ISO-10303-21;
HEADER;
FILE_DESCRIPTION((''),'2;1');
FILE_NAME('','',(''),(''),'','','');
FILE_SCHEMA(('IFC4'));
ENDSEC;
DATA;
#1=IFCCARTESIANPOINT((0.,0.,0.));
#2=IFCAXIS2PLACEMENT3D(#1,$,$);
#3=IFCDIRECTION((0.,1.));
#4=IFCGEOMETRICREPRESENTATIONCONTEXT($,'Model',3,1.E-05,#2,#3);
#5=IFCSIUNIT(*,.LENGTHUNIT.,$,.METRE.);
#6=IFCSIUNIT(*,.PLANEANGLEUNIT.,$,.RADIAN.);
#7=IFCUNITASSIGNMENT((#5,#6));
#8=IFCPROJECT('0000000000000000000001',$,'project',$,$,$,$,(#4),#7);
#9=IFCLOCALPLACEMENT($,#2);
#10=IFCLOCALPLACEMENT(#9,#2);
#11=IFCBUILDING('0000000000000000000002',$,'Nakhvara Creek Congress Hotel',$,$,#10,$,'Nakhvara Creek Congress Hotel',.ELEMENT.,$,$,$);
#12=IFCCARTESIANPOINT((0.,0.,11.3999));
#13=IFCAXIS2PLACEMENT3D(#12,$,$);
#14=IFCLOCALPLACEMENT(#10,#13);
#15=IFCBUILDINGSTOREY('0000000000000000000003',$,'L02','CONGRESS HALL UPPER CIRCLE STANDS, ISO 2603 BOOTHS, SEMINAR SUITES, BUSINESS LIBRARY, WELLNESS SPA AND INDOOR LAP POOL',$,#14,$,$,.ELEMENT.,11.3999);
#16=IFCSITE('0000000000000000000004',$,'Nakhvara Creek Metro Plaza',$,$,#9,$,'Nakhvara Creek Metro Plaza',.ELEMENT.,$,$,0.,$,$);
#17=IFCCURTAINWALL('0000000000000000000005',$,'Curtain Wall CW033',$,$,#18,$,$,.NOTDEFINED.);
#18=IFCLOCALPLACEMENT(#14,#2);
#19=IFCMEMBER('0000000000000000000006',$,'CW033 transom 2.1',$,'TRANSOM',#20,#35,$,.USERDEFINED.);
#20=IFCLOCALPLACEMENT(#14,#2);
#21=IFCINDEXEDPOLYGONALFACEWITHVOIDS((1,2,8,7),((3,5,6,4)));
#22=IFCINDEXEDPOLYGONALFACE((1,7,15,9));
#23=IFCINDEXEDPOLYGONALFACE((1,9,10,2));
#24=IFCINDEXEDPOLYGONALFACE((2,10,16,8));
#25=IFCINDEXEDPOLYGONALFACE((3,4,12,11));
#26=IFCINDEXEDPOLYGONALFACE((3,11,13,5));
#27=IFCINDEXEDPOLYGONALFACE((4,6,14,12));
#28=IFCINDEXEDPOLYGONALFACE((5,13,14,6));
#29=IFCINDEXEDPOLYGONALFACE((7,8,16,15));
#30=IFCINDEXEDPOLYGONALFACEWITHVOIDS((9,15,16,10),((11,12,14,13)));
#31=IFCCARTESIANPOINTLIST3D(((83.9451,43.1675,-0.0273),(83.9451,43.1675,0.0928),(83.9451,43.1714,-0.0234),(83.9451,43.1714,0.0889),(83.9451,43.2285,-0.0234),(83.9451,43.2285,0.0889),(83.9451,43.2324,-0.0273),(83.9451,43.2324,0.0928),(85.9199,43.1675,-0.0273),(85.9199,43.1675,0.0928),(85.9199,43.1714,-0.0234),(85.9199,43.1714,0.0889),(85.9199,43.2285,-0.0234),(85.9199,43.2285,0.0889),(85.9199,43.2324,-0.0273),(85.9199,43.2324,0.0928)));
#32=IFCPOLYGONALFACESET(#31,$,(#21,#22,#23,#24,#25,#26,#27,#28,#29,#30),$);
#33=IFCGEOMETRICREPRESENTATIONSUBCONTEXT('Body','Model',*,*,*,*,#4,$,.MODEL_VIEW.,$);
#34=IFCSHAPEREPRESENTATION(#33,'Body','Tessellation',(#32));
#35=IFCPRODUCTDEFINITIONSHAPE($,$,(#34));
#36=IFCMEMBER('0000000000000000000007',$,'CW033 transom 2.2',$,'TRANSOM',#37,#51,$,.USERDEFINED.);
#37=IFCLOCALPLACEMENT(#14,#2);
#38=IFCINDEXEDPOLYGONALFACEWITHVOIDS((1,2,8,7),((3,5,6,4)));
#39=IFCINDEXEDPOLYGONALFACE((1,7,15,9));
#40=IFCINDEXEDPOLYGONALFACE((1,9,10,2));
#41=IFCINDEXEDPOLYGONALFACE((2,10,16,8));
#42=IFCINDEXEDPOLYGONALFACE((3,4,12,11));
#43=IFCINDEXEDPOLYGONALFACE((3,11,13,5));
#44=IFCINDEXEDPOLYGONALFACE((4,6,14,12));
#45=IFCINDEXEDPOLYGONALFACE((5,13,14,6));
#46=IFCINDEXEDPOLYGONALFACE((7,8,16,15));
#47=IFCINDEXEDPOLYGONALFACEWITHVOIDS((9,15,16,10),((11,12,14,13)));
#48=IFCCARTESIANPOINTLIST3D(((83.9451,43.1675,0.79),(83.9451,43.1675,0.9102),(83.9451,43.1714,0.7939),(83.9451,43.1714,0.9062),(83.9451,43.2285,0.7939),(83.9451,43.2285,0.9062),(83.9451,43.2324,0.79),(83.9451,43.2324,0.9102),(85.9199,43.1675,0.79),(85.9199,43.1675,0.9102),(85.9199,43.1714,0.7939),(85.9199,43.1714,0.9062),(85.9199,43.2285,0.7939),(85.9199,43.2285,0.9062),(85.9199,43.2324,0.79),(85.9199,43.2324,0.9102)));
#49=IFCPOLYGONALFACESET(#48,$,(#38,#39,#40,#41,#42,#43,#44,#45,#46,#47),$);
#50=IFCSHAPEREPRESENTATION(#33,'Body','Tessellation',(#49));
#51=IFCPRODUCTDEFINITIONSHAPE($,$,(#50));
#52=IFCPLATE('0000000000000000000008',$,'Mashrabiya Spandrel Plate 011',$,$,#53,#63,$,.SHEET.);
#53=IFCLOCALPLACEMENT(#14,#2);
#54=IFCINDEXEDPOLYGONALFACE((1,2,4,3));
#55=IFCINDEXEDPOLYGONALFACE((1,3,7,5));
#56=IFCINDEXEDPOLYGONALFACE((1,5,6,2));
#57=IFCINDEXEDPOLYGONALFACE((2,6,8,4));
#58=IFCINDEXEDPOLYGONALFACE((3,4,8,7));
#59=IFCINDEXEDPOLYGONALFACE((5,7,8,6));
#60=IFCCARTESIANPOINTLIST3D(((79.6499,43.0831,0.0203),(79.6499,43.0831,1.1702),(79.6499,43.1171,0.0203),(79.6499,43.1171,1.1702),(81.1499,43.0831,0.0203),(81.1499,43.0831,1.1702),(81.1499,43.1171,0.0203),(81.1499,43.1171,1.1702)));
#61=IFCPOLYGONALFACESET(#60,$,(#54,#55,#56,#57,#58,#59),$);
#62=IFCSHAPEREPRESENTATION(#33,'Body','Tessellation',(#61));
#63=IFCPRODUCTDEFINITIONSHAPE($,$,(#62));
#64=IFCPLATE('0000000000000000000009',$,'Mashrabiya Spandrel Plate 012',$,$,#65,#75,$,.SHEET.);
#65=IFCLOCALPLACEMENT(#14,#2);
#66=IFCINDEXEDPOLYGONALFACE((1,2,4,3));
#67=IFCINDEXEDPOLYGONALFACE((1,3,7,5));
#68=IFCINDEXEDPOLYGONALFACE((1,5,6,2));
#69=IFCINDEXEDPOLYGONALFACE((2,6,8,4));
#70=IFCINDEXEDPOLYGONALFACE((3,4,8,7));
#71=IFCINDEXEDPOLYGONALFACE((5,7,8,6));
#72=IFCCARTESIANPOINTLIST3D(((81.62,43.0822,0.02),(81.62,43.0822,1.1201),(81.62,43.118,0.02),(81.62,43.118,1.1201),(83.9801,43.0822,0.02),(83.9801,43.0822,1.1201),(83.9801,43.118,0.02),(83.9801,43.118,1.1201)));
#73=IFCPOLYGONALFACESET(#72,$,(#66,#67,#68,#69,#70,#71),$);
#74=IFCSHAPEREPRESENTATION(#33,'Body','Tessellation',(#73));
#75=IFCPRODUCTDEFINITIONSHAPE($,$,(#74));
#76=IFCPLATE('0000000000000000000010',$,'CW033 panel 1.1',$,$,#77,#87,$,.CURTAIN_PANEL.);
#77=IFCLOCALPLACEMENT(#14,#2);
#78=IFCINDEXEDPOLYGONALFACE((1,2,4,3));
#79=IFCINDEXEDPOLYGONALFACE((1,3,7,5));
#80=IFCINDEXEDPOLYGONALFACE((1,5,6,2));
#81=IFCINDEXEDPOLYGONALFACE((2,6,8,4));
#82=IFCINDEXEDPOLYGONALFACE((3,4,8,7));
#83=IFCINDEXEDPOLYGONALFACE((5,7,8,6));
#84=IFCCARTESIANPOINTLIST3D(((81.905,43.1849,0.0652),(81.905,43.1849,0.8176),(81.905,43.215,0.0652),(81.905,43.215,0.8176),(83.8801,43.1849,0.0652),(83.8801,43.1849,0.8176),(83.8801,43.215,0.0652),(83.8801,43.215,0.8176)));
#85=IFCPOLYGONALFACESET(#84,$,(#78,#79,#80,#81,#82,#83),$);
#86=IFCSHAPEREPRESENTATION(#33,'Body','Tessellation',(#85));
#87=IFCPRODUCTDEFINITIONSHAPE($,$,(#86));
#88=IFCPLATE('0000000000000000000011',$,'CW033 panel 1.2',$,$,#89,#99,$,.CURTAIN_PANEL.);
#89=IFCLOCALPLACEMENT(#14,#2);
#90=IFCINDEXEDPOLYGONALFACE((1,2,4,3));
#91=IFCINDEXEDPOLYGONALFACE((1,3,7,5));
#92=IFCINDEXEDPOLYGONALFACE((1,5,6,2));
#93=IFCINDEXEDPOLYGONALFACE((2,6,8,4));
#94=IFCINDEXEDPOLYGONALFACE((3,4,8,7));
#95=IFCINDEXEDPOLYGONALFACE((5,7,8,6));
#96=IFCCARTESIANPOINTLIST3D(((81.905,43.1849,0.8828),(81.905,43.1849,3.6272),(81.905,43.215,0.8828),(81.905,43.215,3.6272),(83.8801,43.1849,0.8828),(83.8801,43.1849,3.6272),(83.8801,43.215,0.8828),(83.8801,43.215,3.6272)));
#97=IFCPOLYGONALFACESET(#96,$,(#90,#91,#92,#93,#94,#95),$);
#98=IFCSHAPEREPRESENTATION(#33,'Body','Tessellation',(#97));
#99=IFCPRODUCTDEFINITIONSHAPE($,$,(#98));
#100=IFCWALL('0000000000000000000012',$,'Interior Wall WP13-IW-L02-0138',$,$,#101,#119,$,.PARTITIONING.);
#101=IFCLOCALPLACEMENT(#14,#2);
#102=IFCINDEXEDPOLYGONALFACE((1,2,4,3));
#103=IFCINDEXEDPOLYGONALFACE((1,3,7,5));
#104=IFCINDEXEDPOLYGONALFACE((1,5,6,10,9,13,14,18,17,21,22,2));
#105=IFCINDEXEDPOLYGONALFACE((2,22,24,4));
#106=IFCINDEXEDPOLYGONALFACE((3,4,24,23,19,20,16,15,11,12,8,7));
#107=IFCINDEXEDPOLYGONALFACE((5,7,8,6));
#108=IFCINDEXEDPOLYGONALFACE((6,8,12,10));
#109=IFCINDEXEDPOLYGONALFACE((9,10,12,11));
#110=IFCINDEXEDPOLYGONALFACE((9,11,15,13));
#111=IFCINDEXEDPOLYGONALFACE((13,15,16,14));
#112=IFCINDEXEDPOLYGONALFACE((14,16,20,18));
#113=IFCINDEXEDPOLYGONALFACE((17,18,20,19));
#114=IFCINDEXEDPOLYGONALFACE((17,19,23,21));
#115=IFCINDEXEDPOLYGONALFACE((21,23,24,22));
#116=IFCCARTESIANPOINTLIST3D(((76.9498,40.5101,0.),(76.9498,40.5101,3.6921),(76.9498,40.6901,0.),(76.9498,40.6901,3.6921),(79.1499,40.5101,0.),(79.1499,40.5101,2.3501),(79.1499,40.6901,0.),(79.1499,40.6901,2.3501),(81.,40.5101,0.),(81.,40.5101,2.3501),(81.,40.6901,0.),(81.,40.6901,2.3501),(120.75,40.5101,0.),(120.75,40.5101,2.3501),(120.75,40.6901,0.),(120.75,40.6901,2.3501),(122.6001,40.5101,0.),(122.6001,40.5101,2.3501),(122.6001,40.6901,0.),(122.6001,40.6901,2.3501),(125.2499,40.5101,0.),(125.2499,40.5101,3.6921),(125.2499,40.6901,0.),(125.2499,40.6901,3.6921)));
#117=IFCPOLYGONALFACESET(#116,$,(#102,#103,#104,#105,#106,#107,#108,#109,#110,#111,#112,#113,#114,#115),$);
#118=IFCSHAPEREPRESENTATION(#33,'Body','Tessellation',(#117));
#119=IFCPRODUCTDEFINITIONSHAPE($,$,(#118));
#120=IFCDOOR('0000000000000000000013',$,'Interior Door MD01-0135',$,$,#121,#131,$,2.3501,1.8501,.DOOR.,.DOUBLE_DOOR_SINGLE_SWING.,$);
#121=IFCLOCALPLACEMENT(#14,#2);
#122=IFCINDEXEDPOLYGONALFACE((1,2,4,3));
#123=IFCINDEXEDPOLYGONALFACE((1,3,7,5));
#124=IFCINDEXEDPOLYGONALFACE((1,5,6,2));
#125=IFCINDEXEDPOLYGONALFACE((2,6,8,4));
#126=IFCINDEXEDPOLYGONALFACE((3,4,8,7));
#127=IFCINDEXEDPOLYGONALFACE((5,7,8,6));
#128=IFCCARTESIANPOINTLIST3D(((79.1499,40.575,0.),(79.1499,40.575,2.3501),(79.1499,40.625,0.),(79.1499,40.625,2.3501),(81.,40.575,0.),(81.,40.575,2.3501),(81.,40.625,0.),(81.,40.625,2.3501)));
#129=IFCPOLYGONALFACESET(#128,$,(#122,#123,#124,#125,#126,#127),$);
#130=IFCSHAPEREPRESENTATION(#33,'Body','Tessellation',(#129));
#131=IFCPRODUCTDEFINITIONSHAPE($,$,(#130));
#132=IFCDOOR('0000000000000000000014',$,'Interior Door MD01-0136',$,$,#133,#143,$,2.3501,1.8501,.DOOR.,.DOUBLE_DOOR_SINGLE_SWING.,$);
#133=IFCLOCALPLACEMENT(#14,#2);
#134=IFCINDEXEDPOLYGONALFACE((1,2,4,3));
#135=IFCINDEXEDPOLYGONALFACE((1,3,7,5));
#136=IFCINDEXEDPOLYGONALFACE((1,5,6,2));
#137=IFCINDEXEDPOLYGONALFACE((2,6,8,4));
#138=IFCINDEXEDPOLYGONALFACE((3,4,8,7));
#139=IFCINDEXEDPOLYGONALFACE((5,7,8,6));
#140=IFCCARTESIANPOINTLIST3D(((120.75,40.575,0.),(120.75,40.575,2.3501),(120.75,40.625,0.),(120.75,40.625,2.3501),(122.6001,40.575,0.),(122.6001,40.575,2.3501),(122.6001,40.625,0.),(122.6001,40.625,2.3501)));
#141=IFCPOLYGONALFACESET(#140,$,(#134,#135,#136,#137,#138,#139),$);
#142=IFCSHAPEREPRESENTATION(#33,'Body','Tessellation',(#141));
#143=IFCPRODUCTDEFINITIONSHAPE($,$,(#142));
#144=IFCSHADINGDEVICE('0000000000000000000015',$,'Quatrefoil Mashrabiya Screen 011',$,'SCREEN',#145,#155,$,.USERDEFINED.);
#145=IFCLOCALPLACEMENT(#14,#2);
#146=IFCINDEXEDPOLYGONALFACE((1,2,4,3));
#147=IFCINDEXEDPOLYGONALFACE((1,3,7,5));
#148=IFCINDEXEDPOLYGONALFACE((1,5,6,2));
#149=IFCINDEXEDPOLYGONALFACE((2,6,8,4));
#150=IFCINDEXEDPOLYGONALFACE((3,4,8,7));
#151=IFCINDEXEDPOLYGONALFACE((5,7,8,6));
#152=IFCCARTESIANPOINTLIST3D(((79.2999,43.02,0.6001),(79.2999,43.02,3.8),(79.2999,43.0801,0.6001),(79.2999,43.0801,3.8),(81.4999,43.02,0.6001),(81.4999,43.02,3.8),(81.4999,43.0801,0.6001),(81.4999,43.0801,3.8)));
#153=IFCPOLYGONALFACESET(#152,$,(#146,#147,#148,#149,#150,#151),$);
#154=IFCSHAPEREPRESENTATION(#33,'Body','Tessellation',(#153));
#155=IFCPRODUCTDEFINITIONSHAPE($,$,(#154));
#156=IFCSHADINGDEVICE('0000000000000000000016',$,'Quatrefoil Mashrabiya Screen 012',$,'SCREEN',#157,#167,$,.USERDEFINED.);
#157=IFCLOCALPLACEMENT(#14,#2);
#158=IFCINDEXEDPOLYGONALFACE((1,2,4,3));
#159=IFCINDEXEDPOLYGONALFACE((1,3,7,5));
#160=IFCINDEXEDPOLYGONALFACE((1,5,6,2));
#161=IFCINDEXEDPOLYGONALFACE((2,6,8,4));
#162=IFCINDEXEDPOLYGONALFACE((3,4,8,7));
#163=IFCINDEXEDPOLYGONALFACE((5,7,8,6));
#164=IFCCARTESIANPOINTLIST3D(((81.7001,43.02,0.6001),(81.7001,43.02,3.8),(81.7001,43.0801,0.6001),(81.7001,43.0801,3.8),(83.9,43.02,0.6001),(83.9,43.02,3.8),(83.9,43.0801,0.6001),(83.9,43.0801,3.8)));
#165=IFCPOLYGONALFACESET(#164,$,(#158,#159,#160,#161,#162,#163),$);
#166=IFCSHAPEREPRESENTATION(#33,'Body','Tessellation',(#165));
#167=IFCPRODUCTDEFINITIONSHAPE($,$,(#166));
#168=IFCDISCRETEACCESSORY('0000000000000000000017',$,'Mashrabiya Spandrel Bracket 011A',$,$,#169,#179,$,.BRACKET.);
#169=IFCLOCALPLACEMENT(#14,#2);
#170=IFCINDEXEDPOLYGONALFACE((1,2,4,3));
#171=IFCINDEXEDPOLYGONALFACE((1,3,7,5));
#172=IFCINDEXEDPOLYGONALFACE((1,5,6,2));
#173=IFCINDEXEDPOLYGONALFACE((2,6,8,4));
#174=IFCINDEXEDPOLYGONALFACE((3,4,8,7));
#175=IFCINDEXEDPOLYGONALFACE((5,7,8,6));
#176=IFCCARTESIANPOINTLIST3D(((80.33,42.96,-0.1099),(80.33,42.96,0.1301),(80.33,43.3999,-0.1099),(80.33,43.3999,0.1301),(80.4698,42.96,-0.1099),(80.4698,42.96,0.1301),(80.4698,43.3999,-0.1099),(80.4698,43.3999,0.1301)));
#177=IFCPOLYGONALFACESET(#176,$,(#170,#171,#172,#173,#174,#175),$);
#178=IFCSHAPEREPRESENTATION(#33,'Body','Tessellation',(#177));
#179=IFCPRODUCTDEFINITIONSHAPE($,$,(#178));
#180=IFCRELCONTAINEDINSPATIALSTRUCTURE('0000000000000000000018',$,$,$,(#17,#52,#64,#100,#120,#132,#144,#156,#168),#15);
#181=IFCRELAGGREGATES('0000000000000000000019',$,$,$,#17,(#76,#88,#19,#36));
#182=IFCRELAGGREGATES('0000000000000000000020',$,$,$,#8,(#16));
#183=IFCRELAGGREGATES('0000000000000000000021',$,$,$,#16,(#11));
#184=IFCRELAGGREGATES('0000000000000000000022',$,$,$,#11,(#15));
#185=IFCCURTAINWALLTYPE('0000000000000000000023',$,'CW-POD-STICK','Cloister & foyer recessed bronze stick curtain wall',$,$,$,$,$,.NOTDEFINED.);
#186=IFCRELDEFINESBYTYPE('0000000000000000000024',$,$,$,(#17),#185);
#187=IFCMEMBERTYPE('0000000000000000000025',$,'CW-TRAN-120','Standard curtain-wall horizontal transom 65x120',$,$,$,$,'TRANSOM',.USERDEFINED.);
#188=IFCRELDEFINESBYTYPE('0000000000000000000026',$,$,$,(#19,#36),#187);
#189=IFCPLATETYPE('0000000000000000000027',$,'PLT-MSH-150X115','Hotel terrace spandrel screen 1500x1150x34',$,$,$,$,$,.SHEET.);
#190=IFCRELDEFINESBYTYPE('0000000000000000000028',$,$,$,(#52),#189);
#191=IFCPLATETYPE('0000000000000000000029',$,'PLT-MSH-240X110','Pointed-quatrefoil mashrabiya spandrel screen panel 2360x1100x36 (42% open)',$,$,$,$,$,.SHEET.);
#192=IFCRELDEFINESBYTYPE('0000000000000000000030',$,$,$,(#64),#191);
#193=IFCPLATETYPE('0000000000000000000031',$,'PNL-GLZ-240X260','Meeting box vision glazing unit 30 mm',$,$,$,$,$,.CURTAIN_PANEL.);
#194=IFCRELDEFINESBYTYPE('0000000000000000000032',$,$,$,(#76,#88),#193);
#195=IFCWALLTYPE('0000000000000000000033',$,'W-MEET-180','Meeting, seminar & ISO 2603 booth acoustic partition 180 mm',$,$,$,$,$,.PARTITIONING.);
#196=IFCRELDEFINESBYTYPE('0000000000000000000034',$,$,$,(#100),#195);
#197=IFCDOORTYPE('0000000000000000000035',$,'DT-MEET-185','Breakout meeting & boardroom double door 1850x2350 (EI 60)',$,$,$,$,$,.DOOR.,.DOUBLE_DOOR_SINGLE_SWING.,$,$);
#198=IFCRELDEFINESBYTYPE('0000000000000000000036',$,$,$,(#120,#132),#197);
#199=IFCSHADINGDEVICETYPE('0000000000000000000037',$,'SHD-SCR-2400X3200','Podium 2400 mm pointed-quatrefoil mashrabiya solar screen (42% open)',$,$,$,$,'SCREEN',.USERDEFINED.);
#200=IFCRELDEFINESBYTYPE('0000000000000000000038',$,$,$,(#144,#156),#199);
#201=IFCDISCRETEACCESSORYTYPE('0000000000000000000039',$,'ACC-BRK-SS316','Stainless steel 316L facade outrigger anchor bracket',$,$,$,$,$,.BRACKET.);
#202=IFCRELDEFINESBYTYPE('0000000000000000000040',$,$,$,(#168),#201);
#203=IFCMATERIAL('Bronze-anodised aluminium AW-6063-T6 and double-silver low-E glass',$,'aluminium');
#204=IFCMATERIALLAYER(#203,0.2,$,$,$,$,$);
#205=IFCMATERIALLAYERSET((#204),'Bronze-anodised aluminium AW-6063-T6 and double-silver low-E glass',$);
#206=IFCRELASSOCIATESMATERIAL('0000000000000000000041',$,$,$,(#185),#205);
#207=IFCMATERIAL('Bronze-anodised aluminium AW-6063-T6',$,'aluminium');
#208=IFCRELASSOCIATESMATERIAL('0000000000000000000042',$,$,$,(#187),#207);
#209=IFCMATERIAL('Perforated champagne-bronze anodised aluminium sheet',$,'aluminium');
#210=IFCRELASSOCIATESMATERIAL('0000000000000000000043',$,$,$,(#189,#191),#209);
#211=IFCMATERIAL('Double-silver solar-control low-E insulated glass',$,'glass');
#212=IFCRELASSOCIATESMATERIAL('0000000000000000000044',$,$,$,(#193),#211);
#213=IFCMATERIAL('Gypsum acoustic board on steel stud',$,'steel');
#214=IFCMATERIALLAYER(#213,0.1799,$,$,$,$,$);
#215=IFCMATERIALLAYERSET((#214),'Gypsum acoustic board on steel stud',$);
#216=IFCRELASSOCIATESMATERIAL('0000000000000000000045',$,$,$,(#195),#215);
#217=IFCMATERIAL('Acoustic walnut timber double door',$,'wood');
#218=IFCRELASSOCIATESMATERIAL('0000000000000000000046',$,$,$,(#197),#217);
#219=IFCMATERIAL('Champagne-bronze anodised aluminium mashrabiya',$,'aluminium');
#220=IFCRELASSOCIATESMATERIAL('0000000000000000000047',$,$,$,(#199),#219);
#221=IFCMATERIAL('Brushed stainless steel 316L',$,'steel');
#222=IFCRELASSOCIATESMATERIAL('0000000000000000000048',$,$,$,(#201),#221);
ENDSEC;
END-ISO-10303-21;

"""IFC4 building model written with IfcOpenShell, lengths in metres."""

from ifc_helpers import new_model, si_unit, direction, frame, frame_2d, origin, origin_2d, place, context, subcontext, project, spatial, rectangle, hollow_rectangle, extrude, material, layer, layer_set, material_profile, profile_set, type_object, element, fill, aggregate, save


model = new_model("IFC4")

# Units and contexts
model_context = context("Model", 3, precision=1e-05, world=origin(), true_north=direction((0.0, 1.0)))
body_context = subcontext(model_context, "Body", "Model", "MODEL_VIEW")
ifc_project = project(units=[si_unit("LENGTHUNIT", "METRE"), si_unit("PLANEANGLEUNIT", "RADIAN")], contexts=[model_context])

# Site, building, storey
site_placement = place(None, origin())
site = spatial("IfcSite", under=ifc_project, at=site_placement, Name="Nakhvara Creek Metro Plaza", LongName="Nakhvara Creek Metro Plaza", CompositionType="ELEMENT", RefElevation=0.0)
building_placement = place(site_placement, origin())
building = spatial("IfcBuilding", under=site, at=building_placement, Name="Nakhvara Creek Congress Hotel", LongName="Nakhvara Creek Congress Hotel", CompositionType="ELEMENT")
storey_placement = place(building_placement, frame((0.0, 0.0, 11.3999)))
storey = spatial("IfcBuildingStorey", under=building, at=storey_placement, Name="L02", Description="CONGRESS HALL UPPER CIRCLE STANDS, ISO 2603 BOOTHS, SEMINAR SUITES, BUSINESS LIBRARY, WELLNESS SPA AND INDOOR LAP POOL", CompositionType="ELEMENT", Elevation=11.3999)

# Curtain wall, members
ifc_material_1 = material(Name="Bronze-anodised aluminium AW-6063-T6 and double-silver low-E glass", Category="aluminium")
ifc_layer_1 = layer(ifc_material_1, 0.2)
ifc_layer_set_1 = layer_set([ifc_layer_1], Name="Bronze-anodised aluminium AW-6063-T6 and double-silver low-E glass")
curtain_wall_type = type_object("IfcCurtainWallType", Name="CW-POD-STICK", Description="Cloister & foyer recessed bronze stick curtain wall", PredefinedType="NOTDEFINED", material=ifc_layer_set_1)
curtain_wall_placement = place(storey_placement, origin())
curtain_wall = element("IfcCurtainWall", 1, at=curtain_wall_placement, inside=storey, type_object=curtain_wall_type, Name="Curtain Wall CW033", PredefinedType="NOTDEFINED")
ifc_material_2 = material(Name="Bronze-anodised aluminium AW-6063-T6", Category="aluminium")
ifc_material_profile_1 = material_profile(ifc_material_2, hollow_rectangle(XDim=0.0649, YDim=0.1201, WallThickness=0.0039, at=origin_2d()), Name="ALU-TRAN 65x120x4", Category="LoadBearing")
ifc_profile_set_1 = profile_set([ifc_material_profile_1], Name="Bronze-anodised aluminium AW-6063-T6")
member_type_1 = type_object("IfcMemberType", Name="CW-TRAN-120", Description="Standard curtain-wall horizontal transom 65x120", ElementType="TRANSOM", PredefinedType="USERDEFINED", material=ifc_profile_set_1)
member_1_placement = place(storey_placement, frame((83.9451, 43.2, 0.0327), z_axis=(1.0, 0.0, 0.0), x_axis=(0.0, 1.0, 0.0)))
member_1 = element("IfcMember", 2, at=member_1_placement, type_object=member_type_1, Name="CW033 transom 2.1", ObjectType="TRANSOM", PredefinedType="USERDEFINED", context=body_context, shape_type="SweptSolid", body=[
    extrude(hollow_rectangle(XDim=0.0649, YDim=0.1201, WallThickness=0.0039, at=origin_2d()), origin(), (0.0, 0.0, 1.0), 1.9749),
])
member_2_placement = place(storey_placement, frame((83.9451, 43.2, 0.8501), z_axis=(1.0, 0.0, 0.0), x_axis=(0.0, 1.0, 0.0)))
member_2 = element("IfcMember", 3, at=member_2_placement, type_object=member_type_1, Name="CW033 transom 2.2", ObjectType="TRANSOM", PredefinedType="USERDEFINED", context=body_context, shape_type="SweptSolid", body=[
    extrude(hollow_rectangle(XDim=0.0649, YDim=0.1201, WallThickness=0.0039, at=origin_2d()), origin(), (0.0, 0.0, 1.0), 1.9749),
])

# Plates
ifc_material_3 = material(Name="Perforated champagne-bronze anodised aluminium sheet", Category="aluminium")
plate_type_1 = type_object("IfcPlateType", Name="PLT-MSH-150X115", Description="Hotel terrace spandrel screen 1500x1150x34", PredefinedType="SHEET", material=ifc_material_3)
plate_1_placement = place(storey_placement, frame((80.3999, 43.1001, 0.0203), z_axis=(0.0, 0.0, 1.0), x_axis=(1.0, 0.0, 0.0)))
element("IfcPlate", 4, at=plate_1_placement, inside=storey, type_object=plate_type_1, Name="Mashrabiya Spandrel Plate 011", PredefinedType="SHEET", context=body_context, shape_type="SweptSolid", body=[
    extrude(rectangle(XDim=1.5, YDim=0.0339, at=origin_2d()), origin(), (0.0, 0.0, 1.0), 1.1499),
])
plate_type_2 = type_object("IfcPlateType", Name="PLT-MSH-240X110", Description="Pointed-quatrefoil mashrabiya spandrel screen panel 2360x1100x36 (42% open)", PredefinedType="SHEET", material=ifc_material_3)
plate_2_placement = place(storey_placement, frame((82.8, 43.1001, 0.02), z_axis=(0.0, 0.0, 1.0), x_axis=(1.0, 0.0, 0.0)))
element("IfcPlate", 5, at=plate_2_placement, inside=storey, type_object=plate_type_2, Name="Mashrabiya Spandrel Plate 012", PredefinedType="SHEET", context=body_context, shape_type="SweptSolid", body=[
    extrude(rectangle(XDim=2.3601, YDim=0.0359, at=origin_2d()), origin(), (0.0, 0.0, 1.0), 1.1001),
])

# Plates
ifc_material_4 = material(Name="Double-silver solar-control low-E insulated glass", Category="glass")
plate_type_3 = type_object("IfcPlateType", Name="PNL-GLZ-240X260", Description="Meeting box vision glazing unit 30 mm", PredefinedType="CURTAIN_PANEL", material=ifc_material_4)
plate_3_placement = place(storey_placement, frame((82.8926, 43.2, 0.0652), z_axis=(0.0, 0.0, 1.0), x_axis=(1.0, 0.0, 0.0)))
plate_3 = element("IfcPlate", 6, at=plate_3_placement, type_object=plate_type_3, Name="CW033 panel 1.1", PredefinedType="CURTAIN_PANEL", context=body_context, shape_type="SweptSolid", body=[
    extrude(rectangle(XDim=1.9751, YDim=0.03, at=origin_2d()), origin(), (0.0, 0.0, 1.0), 0.7524),
])
plate_4_placement = place(storey_placement, frame((82.8926, 43.2, 0.8828), z_axis=(0.0, 0.0, 1.0), x_axis=(1.0, 0.0, 0.0)))
plate_4 = element("IfcPlate", 7, at=plate_4_placement, type_object=plate_type_3, Name="CW033 panel 1.2", PredefinedType="CURTAIN_PANEL", context=body_context, shape_type="SweptSolid", body=[
    extrude(rectangle(XDim=1.9751, YDim=0.03, at=origin_2d()), origin(), (0.0, 0.0, 1.0), 2.7444),
])
aggregate(curtain_wall, [plate_3, plate_4, member_1, member_2])

# Wall, openings, doors
ifc_material_5 = material(Name="Gypsum acoustic board on steel stud", Category="steel")
ifc_layer_2 = layer(ifc_material_5, 0.1799)
ifc_layer_set_2 = layer_set([ifc_layer_2], Name="Gypsum acoustic board on steel stud")
wall_type = type_object("IfcWallType", Name="W-MEET-180", Description="Meeting, seminar & ISO 2603 booth acoustic partition 180 mm", PredefinedType="PARTITIONING", material=ifc_layer_set_2)
wall_placement = place(storey_placement, frame((76.95, 40.6001, 0.0), z_axis=(0.0, 0.0, 1.0), x_axis=(1.0, 0.0, 0.0)))
wall = element("IfcWall", 8, at=wall_placement, inside=storey, type_object=wall_type, Name="Interior Wall WP13-IW-L02-0138", PredefinedType="PARTITIONING", context=body_context, shape_type="SweptSolid", body=[
    extrude(rectangle(XDim=48.3, YDim=0.1799, at=frame_2d((24.1499, 0.0))), origin(), (0.0, 0.0, 1.0), 3.6921),
])
opening_1_placement = place(wall_placement, frame((2.2, 0.0, 0.0)))
opening_1 = element("IfcOpeningElement", 9, at=opening_1_placement, cuts=wall, PredefinedType="OPENING", context=body_context, shape_type="SweptSolid", body=[
    extrude(rectangle(XDim=1.8501, YDim=2.3501, at=frame_2d((0.925, 1.175))), frame((0.0, 0.1021, 0.0), z_axis=(0.0, -1.0, 0.0), x_axis=(1.0, 0.0, 0.0)), (0.0, 0.0, 1.0), 0.2039),
])
opening_2_placement = place(wall_placement, frame((43.8, 0.0, 0.0)))
opening_2 = element("IfcOpeningElement", 10, at=opening_2_placement, cuts=wall, PredefinedType="OPENING", context=body_context, shape_type="SweptSolid", body=[
    extrude(rectangle(XDim=1.8501, YDim=2.3501, at=frame_2d((0.925, 1.175))), frame((0.0, 0.1021, 0.0), z_axis=(0.0, -1.0, 0.0), x_axis=(1.0, 0.0, 0.0)), (0.0, 0.0, 1.0), 0.2039),
])
ifc_material_6 = material(Name="Acoustic walnut timber double door", Category="wood")
door_type = type_object("IfcDoorType", Name="DT-MEET-185", Description="Breakout meeting & boardroom double door 1850x2350 (EI 60)", OperationType="DOUBLE_DOOR_SINGLE_SWING", PredefinedType="DOOR", material=ifc_material_6)
door_1_placement = place(opening_1_placement, origin())
door_1 = element("IfcDoor", 11, at=door_1_placement, inside=storey, type_object=door_type, Name="Interior Door MD01-0135", OperationType="DOUBLE_DOOR_SINGLE_SWING", OverallHeight=2.3501, OverallWidth=1.8501, PredefinedType="DOOR", context=body_context, shape_type="SweptSolid", body=[
    extrude(rectangle(XDim=1.8501, YDim=2.3501, at=frame_2d((0.925, 1.175))), frame((0.0, 0.0249, 0.0), z_axis=(0.0, -1.0, 0.0), x_axis=(1.0, 0.0, 0.0)), (0.0, 0.0, 1.0), 0.05),
])
fill(opening_1, door_1)
door_2_placement = place(opening_2_placement, origin())
door_2 = element("IfcDoor", 12, at=door_2_placement, inside=storey, type_object=door_type, Name="Interior Door MD01-0136", OperationType="DOUBLE_DOOR_SINGLE_SWING", OverallHeight=2.3501, OverallWidth=1.8501, PredefinedType="DOOR", context=body_context, shape_type="SweptSolid", body=[
    extrude(rectangle(XDim=1.8501, YDim=2.3501, at=frame_2d((0.925, 1.175))), frame((0.0, 0.0249, 0.0), z_axis=(0.0, -1.0, 0.0), x_axis=(1.0, 0.0, 0.0)), (0.0, 0.0, 1.0), 0.05),
])
fill(opening_2, door_2)

# Shared definitions
ifc_material_7 = material(Name="Brushed stainless steel 316L", Category="steel")

# Shading devices
ifc_material_8 = material(Name="Champagne-bronze anodised aluminium mashrabiya", Category="aluminium")
shading_device_type = type_object("IfcShadingDeviceType", Name="SHD-SCR-2400X3200", Description="Podium 2400 mm pointed-quatrefoil mashrabiya solar screen (42% open)", ElementType="SCREEN", PredefinedType="USERDEFINED", material=ifc_material_8)
for number, where, z_axis, x_axis, name in (
    (13, (80.3999, 43.05, 0.6001), (0.0, 0.0, 1.0), (1.0, 0.0, 0.0), "Quatrefoil Mashrabiya Screen 011"),
    (14, (82.8, 43.05, 0.6001), (0.0, 0.0, 1.0), (1.0, 0.0, 0.0), "Quatrefoil Mashrabiya Screen 012"),
):
    element("IfcShadingDevice", number, at=place(storey_placement, frame(where, z_axis=z_axis, x_axis=x_axis)), inside=storey, type_object=shading_device_type, Name=name, ObjectType="SCREEN", PredefinedType="USERDEFINED", context=body_context, shape_type="SweptSolid", body=[
        extrude(rectangle(XDim=2.2, YDim=0.0601, at=origin_2d()), origin(), (0.0, 0.0, 1.0), 3.2),
    ])

# Discrete accessory
discrete_accessory_type = type_object("IfcDiscreteAccessoryType", Name="ACC-BRK-SS316", Description="Stainless steel 316L facade outrigger anchor bracket", PredefinedType="BRACKET", material=ifc_material_7)
discrete_accessory_1_placement = place(storey_placement, frame((80.3999, 43.1799, -0.1099), z_axis=(0.0, 0.0, 1.0), x_axis=(1.0, 0.0, 0.0)))
element("IfcDiscreteAccessory", 15, at=discrete_accessory_1_placement, inside=storey, type_object=discrete_accessory_type, Name="Mashrabiya Spandrel Bracket 011A", PredefinedType="BRACKET", context=body_context, shape_type="SweptSolid", body=[
    extrude(rectangle(XDim=0.1399, YDim=0.4399, at=origin_2d()), origin(), (0.0, 0.0, 1.0), 0.24),
])

save(model, "model.ifc")
